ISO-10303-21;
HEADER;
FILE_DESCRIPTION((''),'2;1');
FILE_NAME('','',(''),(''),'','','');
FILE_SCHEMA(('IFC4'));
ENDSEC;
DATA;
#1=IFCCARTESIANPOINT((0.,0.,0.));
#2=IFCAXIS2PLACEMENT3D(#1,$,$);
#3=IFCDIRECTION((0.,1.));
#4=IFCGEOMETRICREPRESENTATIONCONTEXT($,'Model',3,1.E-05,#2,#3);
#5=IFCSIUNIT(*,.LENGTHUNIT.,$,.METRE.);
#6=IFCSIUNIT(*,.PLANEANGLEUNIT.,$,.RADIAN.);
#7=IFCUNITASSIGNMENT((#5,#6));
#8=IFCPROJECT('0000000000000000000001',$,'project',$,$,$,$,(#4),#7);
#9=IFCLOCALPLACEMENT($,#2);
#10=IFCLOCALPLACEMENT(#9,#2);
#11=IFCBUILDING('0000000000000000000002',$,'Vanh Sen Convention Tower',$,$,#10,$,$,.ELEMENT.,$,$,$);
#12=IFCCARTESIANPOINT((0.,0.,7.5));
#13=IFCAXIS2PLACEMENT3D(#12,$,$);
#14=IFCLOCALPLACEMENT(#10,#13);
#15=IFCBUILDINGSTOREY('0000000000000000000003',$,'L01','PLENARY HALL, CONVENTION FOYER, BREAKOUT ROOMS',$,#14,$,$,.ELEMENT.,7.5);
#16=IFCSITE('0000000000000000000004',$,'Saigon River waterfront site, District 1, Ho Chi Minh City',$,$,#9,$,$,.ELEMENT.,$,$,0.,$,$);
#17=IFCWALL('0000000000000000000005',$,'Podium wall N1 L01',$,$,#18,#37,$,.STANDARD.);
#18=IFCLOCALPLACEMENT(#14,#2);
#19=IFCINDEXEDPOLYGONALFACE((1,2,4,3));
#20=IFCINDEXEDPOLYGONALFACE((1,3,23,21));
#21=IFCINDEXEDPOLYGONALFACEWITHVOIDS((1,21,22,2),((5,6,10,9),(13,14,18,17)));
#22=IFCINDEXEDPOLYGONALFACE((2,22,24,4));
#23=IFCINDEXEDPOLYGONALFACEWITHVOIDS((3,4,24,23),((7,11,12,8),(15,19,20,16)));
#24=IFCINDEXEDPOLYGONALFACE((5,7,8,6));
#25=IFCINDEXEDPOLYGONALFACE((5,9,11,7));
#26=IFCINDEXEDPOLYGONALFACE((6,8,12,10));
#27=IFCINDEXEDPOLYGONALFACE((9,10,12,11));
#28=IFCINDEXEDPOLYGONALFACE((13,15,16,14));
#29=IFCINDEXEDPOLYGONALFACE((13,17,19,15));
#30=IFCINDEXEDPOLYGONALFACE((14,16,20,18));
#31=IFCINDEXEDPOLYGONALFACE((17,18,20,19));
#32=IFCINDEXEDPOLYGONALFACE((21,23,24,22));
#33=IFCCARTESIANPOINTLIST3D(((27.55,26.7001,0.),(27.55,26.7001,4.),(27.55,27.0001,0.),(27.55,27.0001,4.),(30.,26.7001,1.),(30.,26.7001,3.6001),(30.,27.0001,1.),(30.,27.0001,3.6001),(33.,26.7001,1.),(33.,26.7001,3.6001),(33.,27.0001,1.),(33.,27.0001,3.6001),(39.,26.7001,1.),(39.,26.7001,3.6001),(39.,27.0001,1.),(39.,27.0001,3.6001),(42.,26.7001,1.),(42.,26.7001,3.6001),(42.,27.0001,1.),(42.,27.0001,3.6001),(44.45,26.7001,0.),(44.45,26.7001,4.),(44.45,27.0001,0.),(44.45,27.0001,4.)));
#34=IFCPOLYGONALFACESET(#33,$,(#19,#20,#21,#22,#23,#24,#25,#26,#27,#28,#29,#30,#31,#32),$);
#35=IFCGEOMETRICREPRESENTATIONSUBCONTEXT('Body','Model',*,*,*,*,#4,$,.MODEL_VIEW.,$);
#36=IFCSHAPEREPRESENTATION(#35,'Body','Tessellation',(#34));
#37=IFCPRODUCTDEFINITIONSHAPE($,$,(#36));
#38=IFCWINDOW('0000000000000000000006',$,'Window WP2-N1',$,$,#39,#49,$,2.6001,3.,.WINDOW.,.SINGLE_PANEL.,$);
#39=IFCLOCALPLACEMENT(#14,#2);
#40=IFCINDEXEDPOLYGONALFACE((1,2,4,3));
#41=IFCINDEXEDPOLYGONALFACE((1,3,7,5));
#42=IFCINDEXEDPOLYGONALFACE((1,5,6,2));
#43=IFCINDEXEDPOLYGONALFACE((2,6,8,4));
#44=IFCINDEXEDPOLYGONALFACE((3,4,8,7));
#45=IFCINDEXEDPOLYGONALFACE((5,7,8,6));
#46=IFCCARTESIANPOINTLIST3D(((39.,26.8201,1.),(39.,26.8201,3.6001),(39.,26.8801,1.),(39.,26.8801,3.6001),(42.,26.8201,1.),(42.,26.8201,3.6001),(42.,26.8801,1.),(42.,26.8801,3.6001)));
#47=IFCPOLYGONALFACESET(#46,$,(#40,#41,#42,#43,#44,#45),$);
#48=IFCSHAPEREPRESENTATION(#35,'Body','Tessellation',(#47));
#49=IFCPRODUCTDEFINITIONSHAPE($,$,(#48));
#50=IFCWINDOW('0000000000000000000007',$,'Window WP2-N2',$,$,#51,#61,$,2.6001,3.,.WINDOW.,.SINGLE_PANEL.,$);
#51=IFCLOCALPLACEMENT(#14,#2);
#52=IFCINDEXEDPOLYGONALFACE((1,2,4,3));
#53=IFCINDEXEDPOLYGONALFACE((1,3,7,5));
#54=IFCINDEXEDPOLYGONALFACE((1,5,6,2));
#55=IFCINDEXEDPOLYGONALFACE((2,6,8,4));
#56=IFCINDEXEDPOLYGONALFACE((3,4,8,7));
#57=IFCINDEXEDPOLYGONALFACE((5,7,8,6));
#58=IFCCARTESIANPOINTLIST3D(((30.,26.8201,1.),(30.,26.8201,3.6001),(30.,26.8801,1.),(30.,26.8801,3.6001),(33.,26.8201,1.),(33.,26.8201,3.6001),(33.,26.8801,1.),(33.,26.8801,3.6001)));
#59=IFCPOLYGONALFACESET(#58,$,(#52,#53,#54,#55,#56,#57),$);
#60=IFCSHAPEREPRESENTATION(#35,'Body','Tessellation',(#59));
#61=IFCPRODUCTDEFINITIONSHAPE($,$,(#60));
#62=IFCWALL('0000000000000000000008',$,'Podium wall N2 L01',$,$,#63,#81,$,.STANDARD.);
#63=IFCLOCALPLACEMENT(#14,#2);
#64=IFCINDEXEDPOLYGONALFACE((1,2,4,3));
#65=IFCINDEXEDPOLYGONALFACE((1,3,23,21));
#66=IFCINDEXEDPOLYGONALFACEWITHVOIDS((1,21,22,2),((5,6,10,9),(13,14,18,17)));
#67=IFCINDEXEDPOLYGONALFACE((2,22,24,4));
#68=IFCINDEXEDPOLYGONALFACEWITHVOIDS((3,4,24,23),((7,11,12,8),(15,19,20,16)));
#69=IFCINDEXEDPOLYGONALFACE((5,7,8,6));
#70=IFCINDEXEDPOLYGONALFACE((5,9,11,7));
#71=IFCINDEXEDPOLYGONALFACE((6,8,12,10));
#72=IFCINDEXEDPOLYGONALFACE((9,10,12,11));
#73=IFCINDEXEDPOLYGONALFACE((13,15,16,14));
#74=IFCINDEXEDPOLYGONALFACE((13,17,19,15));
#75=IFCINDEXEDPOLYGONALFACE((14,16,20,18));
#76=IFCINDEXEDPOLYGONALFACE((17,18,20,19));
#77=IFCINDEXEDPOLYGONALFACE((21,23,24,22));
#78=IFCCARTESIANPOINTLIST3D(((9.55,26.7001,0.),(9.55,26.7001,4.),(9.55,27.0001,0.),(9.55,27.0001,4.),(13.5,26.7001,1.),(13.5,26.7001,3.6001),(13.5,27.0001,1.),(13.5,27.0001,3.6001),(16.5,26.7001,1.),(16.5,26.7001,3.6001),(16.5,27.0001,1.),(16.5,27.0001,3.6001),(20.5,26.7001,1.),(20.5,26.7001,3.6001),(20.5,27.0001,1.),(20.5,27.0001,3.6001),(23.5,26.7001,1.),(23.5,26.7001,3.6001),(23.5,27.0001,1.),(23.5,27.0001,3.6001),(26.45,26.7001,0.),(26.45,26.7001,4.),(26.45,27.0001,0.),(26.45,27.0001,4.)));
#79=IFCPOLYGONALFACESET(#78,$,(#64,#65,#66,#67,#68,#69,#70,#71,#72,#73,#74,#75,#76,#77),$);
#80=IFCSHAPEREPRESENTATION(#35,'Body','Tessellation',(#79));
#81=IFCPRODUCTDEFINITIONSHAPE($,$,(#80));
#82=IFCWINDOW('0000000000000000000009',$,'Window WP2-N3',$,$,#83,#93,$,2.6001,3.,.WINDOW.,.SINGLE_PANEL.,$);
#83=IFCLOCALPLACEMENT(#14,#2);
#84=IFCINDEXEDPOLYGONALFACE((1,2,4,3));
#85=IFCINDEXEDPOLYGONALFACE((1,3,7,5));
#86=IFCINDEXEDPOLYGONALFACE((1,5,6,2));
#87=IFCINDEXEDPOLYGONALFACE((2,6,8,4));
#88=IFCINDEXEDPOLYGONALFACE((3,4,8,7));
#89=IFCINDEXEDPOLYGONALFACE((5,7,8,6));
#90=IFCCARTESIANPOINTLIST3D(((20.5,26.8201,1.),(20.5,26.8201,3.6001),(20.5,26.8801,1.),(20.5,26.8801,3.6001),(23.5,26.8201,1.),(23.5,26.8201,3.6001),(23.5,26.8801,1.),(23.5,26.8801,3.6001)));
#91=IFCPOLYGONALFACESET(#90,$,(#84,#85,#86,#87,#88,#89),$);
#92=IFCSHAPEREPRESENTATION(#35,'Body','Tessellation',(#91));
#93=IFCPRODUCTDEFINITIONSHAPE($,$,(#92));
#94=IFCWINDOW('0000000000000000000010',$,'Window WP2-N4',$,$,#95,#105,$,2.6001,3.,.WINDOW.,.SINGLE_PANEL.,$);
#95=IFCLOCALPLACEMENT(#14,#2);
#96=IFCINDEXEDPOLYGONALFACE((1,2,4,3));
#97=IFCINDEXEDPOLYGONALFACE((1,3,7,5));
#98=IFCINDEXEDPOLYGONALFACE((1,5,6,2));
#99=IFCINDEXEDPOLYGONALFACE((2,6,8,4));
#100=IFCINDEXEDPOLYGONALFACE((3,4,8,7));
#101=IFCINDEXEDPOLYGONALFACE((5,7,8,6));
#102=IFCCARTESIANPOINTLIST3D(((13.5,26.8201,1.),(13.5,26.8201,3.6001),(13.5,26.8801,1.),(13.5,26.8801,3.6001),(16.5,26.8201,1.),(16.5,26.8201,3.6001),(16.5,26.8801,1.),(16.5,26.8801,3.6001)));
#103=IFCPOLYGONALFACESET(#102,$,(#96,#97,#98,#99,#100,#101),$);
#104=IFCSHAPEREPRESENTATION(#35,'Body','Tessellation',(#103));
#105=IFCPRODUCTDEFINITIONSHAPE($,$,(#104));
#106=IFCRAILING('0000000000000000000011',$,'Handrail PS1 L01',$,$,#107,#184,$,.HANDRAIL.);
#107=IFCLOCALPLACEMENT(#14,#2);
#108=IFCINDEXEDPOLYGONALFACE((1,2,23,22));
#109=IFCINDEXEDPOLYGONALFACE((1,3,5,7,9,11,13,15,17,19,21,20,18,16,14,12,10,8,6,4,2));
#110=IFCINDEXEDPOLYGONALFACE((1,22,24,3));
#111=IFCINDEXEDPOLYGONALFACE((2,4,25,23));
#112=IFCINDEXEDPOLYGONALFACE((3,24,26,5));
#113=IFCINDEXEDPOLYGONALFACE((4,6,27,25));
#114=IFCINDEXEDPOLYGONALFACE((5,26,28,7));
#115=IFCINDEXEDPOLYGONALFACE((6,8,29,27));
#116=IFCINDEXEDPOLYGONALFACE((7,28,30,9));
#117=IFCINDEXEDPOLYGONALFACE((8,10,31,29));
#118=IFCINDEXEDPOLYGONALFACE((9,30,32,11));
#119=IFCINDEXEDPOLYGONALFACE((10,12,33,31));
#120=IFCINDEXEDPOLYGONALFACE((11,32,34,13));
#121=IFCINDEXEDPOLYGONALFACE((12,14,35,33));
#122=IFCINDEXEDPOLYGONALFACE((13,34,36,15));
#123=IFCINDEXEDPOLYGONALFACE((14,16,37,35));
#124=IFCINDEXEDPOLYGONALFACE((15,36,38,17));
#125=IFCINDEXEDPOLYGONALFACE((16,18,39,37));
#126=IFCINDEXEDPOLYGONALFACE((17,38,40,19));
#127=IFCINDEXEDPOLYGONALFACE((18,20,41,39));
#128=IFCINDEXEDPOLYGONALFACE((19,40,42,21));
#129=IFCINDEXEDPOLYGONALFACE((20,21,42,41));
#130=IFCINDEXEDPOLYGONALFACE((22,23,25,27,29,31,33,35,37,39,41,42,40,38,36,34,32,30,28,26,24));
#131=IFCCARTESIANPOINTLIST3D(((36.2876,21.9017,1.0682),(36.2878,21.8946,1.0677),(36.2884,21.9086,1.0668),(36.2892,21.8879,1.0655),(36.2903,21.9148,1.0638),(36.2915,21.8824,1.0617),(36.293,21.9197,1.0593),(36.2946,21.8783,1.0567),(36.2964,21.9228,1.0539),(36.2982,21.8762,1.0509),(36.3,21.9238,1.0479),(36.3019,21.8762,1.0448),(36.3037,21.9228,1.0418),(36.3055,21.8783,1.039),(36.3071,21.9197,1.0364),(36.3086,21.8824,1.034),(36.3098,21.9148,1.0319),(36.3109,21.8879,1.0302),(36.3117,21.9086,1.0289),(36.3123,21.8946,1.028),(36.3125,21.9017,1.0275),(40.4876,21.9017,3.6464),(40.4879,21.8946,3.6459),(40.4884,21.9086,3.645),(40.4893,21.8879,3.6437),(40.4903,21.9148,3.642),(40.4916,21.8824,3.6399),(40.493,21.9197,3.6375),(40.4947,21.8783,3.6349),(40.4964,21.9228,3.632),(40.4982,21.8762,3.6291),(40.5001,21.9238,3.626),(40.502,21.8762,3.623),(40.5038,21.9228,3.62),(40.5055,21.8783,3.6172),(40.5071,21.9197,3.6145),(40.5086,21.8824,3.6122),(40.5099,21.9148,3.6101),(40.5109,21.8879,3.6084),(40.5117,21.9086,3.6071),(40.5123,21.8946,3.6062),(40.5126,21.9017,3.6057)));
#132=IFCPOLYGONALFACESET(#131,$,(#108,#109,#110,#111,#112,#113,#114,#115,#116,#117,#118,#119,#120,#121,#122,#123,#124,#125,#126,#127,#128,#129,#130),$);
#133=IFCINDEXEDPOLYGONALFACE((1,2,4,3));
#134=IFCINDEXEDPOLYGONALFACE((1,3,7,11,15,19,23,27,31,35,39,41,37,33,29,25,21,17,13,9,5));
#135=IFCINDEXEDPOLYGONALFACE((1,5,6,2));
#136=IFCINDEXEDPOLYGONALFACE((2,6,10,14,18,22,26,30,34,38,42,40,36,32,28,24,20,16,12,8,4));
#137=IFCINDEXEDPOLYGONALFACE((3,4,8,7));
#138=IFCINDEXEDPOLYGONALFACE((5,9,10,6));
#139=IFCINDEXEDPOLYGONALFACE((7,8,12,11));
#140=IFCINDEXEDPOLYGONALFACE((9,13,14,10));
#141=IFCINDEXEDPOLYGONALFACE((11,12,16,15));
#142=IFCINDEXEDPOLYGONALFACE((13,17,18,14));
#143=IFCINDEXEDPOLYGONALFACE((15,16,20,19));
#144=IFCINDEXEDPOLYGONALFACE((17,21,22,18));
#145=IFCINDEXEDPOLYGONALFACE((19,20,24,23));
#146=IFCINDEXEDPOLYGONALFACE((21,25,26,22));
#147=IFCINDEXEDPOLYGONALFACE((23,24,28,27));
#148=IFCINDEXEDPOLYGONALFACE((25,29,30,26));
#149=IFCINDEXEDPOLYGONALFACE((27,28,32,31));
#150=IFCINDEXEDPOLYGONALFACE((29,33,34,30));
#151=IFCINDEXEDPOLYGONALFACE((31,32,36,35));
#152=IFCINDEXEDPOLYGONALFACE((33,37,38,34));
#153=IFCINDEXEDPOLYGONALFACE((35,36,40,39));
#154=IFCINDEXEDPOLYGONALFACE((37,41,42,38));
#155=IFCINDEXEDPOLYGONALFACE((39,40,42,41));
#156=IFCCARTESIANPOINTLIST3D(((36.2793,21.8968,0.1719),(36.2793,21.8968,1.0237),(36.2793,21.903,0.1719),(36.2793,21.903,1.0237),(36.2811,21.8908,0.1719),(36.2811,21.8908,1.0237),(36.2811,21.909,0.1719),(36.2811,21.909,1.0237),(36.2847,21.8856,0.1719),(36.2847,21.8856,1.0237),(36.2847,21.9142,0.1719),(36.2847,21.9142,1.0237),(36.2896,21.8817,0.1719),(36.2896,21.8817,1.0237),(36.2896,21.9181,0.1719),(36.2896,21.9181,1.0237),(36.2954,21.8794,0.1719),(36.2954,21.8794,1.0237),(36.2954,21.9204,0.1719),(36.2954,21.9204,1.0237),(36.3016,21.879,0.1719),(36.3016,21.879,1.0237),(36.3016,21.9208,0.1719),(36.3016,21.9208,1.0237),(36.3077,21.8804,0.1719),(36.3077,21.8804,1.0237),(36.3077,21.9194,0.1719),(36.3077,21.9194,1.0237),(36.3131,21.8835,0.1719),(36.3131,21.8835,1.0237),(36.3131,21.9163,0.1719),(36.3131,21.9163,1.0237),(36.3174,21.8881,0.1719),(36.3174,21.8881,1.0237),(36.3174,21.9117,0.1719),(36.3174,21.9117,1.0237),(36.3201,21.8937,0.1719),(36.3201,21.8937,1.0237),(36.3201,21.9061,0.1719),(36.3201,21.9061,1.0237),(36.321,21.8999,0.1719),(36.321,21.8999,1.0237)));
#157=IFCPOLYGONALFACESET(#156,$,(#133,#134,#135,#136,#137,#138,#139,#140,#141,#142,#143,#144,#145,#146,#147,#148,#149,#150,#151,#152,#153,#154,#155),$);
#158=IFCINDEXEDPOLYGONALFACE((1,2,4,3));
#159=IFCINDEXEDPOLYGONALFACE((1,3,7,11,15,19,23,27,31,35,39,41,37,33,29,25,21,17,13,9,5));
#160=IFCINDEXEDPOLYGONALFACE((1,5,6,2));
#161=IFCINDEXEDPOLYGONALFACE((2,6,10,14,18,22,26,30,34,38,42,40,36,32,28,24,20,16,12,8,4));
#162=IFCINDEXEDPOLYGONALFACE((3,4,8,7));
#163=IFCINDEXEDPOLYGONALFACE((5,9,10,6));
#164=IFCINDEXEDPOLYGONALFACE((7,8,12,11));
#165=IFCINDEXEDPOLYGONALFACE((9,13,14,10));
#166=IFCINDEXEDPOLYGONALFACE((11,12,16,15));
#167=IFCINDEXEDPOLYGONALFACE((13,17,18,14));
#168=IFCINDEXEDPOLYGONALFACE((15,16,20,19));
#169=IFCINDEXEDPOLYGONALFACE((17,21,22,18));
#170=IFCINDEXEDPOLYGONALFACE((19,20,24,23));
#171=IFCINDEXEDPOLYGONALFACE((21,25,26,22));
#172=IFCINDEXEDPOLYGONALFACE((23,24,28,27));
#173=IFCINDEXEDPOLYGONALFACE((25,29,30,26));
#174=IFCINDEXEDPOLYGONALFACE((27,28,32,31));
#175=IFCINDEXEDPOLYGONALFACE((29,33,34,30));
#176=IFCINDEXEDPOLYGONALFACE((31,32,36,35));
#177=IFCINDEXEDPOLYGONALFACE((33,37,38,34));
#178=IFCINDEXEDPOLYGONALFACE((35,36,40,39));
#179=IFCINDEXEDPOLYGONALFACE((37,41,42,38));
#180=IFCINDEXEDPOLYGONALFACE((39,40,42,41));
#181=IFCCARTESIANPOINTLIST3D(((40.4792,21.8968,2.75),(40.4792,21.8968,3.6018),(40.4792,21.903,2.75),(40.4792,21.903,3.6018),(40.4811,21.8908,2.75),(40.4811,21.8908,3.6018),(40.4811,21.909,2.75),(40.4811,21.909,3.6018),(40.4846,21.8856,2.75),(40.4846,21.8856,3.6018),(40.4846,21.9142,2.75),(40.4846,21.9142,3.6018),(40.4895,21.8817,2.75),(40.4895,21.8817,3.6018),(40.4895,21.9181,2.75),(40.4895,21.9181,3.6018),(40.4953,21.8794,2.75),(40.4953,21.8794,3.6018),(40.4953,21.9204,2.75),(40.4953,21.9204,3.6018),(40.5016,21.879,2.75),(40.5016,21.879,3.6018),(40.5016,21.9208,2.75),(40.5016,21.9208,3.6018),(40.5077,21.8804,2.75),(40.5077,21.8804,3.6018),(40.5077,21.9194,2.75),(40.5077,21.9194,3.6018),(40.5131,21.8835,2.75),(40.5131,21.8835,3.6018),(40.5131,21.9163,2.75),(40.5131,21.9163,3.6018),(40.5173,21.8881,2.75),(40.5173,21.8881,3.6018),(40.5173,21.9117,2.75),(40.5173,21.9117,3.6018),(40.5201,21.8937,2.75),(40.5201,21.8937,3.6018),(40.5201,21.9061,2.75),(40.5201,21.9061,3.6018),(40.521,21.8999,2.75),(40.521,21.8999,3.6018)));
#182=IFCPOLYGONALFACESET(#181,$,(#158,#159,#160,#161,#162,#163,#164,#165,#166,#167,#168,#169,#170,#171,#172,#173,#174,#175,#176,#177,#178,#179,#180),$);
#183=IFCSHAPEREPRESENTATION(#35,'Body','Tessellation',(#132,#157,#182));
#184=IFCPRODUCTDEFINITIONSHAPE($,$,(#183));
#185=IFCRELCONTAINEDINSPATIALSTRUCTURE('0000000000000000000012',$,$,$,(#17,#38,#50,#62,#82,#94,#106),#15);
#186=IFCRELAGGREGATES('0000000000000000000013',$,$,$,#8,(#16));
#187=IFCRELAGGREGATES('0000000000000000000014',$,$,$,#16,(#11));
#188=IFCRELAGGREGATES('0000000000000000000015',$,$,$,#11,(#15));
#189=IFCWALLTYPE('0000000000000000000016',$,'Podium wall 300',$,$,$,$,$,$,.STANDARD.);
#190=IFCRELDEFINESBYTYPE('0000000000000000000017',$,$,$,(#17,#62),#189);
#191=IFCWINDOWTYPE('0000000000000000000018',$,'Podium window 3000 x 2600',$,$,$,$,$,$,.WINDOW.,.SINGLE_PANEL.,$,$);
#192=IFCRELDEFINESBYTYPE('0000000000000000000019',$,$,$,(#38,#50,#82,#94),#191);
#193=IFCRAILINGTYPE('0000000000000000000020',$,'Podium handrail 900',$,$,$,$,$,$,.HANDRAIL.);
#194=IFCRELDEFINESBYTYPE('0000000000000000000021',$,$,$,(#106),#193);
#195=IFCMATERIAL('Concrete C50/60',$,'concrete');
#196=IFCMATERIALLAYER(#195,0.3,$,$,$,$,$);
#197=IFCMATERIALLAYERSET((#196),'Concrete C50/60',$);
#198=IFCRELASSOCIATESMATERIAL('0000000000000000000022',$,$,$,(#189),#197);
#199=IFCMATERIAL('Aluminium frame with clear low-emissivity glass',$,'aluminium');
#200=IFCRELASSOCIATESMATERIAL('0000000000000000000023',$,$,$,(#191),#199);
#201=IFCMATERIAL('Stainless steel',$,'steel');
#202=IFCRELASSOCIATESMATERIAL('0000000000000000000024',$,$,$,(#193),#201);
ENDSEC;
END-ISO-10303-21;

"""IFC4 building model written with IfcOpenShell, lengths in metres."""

from ifc_helpers import new_model, si_unit, direction, frame, frame_2d, origin, origin_2d, place, context, subcontext, project, spatial, rectangle, circle, extrude, material, layer, layer_set, type_object, element, fill, save


model = new_model("IFC4")

# Units and contexts
model_context = context("Model", 3, precision=1e-05, world=origin(), true_north=direction((0.0, 1.0)))
body_context = subcontext(model_context, "Body", "Model", "MODEL_VIEW")
ifc_project = project(units=[si_unit("LENGTHUNIT", "METRE"), si_unit("PLANEANGLEUNIT", "RADIAN")], contexts=[model_context])

# Site, building, storey
site_placement = place(None, origin())
site = spatial("IfcSite", under=ifc_project, at=site_placement, Name="Saigon River waterfront site, District 1, Ho Chi Minh City", CompositionType="ELEMENT", RefElevation=0.0)
building_placement = place(site_placement, origin())
building = spatial("IfcBuilding", under=site, at=building_placement, Name="Vanh Sen Convention Tower", CompositionType="ELEMENT")
storey_placement = place(building_placement, frame((0.0, 0.0, 7.5)))
storey = spatial("IfcBuildingStorey", under=building, at=storey_placement, Name="L01", Description="PLENARY HALL, CONVENTION FOYER, BREAKOUT ROOMS", CompositionType="ELEMENT", Elevation=7.5)

# Walls, openings, windows
ifc_material_1 = material(Name="Concrete C50/60", Category="concrete")
ifc_layer_1 = layer(ifc_material_1, 0.3)
ifc_layer_set_1 = layer_set([ifc_layer_1], Name="Concrete C50/60")
wall_type_1 = type_object("IfcWallType", Name="Podium wall 300", PredefinedType="STANDARD", material=ifc_layer_set_1)
wall_1_placement = place(storey_placement, frame((44.45, 26.8501, 0.0), z_axis=(0.0, 0.0, 1.0), x_axis=(-1.0, 0.0, 0.0)))
wall_1 = element("IfcWall", 1, at=wall_1_placement, inside=storey, type_object=wall_type_1, Name="Podium wall N1 L01", PredefinedType="STANDARD", context=body_context, shape_type="SweptSolid", body=[
    extrude(rectangle(XDim=16.8999, YDim=0.3, at=frame_2d((8.45, 0.0))), origin(), (0.0, 0.0, 1.0), 4.0),
])
opening_1_placement = place(wall_1_placement, frame((2.45, 0.0, 1.0)))
opening_1 = element("IfcOpeningElement", 2, at=opening_1_placement, cuts=wall_1, PredefinedType="OPENING", context=body_context, shape_type="SweptSolid", body=[
    extrude(rectangle(XDim=3.0, YDim=2.6001, at=frame_2d((1.5, 1.3))), frame((0.0, 0.1599, 0.0), z_axis=(0.0, -1.0, 0.0), x_axis=(1.0, 0.0, 0.0)), (0.0, 0.0, 1.0), 0.3201),
])
opening_2_placement = place(wall_1_placement, frame((11.45, 0.0, 1.0)))
opening_2 = element("IfcOpeningElement", 3, at=opening_2_placement, cuts=wall_1, PredefinedType="OPENING", context=body_context, shape_type="SweptSolid", body=[
    extrude(rectangle(XDim=3.0, YDim=2.6001, at=frame_2d((1.5, 1.3))), frame((0.0, 0.1599, 0.0), z_axis=(0.0, -1.0, 0.0), x_axis=(1.0, 0.0, 0.0)), (0.0, 0.0, 1.0), 0.3201),
])
ifc_material_2 = material(Name="Aluminium frame with clear low-emissivity glass", Category="aluminium")
window_type = type_object("IfcWindowType", Name="Podium window 3000 x 2600", PartitioningType="SINGLE_PANEL", PredefinedType="WINDOW", material=ifc_material_2)
window_1_placement = place(opening_1_placement, origin())
window_1 = element("IfcWindow", 4, at=window_1_placement, inside=storey, type_object=window_type, Name="Window WP2-N1", OverallHeight=2.6001, OverallWidth=3.0, PartitioningType="SINGLE_PANEL", PredefinedType="WINDOW", context=body_context, shape_type="SweptSolid", body=[
    extrude(rectangle(XDim=3.0, YDim=2.6001, at=frame_2d((1.5, 1.3))), frame((0.0, 0.03, 0.0), z_axis=(0.0, -1.0, 0.0), x_axis=(1.0, 0.0, 0.0)), (0.0, 0.0, 1.0), 0.0601),
])
fill(opening_1, window_1)
window_2_placement = place(opening_2_placement, origin())
window_2 = element("IfcWindow", 5, at=window_2_placement, inside=storey, type_object=window_type, Name="Window WP2-N2", OverallHeight=2.6001, OverallWidth=3.0, PartitioningType="SINGLE_PANEL", PredefinedType="WINDOW", context=body_context, shape_type="SweptSolid", body=[
    extrude(rectangle(XDim=3.0, YDim=2.6001, at=frame_2d((1.5, 1.3))), frame((0.0, 0.03, 0.0), z_axis=(0.0, -1.0, 0.0), x_axis=(1.0, 0.0, 0.0)), (0.0, 0.0, 1.0), 0.0601),
])
fill(opening_2, window_2)
wall_2_placement = place(storey_placement, frame((26.45, 26.8501, 0.0), z_axis=(0.0, 0.0, 1.0), x_axis=(-1.0, 0.0, 0.0)))
wall_2 = element("IfcWall", 6, at=wall_2_placement, inside=storey, type_object=wall_type_1, Name="Podium wall N2 L01", PredefinedType="STANDARD", context=body_context, shape_type="SweptSolid", body=[
    extrude(rectangle(XDim=16.8999, YDim=0.3, at=frame_2d((8.45, 0.0))), origin(), (0.0, 0.0, 1.0), 4.0),
])
opening_3_placement = place(wall_2_placement, frame((2.95, 0.0, 1.0)))
opening_3 = element("IfcOpeningElement", 7, at=opening_3_placement, cuts=wall_2, PredefinedType="OPENING", context=body_context, shape_type="SweptSolid", body=[
    extrude(rectangle(XDim=3.0, YDim=2.6001, at=frame_2d((1.5, 1.3))), frame((0.0, 0.1599, 0.0), z_axis=(0.0, -1.0, 0.0), x_axis=(1.0, 0.0, 0.0)), (0.0, 0.0, 1.0), 0.3201),
])
opening_4_placement = place(wall_2_placement, frame((9.95, 0.0, 1.0)))
opening_4 = element("IfcOpeningElement", 8, at=opening_4_placement, cuts=wall_2, PredefinedType="OPENING", context=body_context, shape_type="SweptSolid", body=[
    extrude(rectangle(XDim=3.0, YDim=2.6001, at=frame_2d((1.5, 1.3))), frame((0.0, 0.1599, 0.0), z_axis=(0.0, -1.0, 0.0), x_axis=(1.0, 0.0, 0.0)), (0.0, 0.0, 1.0), 0.3201),
])
window_3_placement = place(opening_3_placement, origin())
window_3 = element("IfcWindow", 9, at=window_3_placement, inside=storey, type_object=window_type, Name="Window WP2-N3", OverallHeight=2.6001, OverallWidth=3.0, PartitioningType="SINGLE_PANEL", PredefinedType="WINDOW", context=body_context, shape_type="SweptSolid", body=[
    extrude(rectangle(XDim=3.0, YDim=2.6001, at=frame_2d((1.5, 1.3))), frame((0.0, 0.03, 0.0), z_axis=(0.0, -1.0, 0.0), x_axis=(1.0, 0.0, 0.0)), (0.0, 0.0, 1.0), 0.0601),
])
fill(opening_3, window_3)
window_4_placement = place(opening_4_placement, origin())
window_4 = element("IfcWindow", 10, at=window_4_placement, inside=storey, type_object=window_type, Name="Window WP2-N4", OverallHeight=2.6001, OverallWidth=3.0, PartitioningType="SINGLE_PANEL", PredefinedType="WINDOW", context=body_context, shape_type="SweptSolid", body=[
    extrude(rectangle(XDim=3.0, YDim=2.6001, at=frame_2d((1.5, 1.3))), frame((0.0, 0.03, 0.0), z_axis=(0.0, -1.0, 0.0), x_axis=(1.0, 0.0, 0.0)), (0.0, 0.0, 1.0), 0.0601),
])
fill(opening_4, window_4)

# Railing
ifc_material_3 = material(Name="Stainless steel", Category="steel")
railing_type = type_object("IfcRailingType", Name="Podium handrail 900", PredefinedType="HANDRAIL", material=ifc_material_3)
for number, where, name in (
    (11, (36.3, 21.8999, 0.1719), "Handrail PS1 L01"),
):
    element("IfcRailing", number, at=place(storey_placement, frame(where)), inside=storey, type_object=railing_type, Name=name, PredefinedType="HANDRAIL", context=body_context, shape_type="SweptSolid", body=[
        extrude(circle(Radius=0.0239, at=origin_2d()), frame((0.0, 0.0, 0.876), z_axis=(0.852243, 0.0, 0.523146), x_axis=(0.0, 1.0, 0.0)), (0.0, 0.0, 1.0), 4.9282),
        extrude(circle(Radius=0.021, at=origin_2d()), origin(), (0.0, 0.0, 1.0), 0.8518),
        extrude(circle(Radius=0.021, at=origin_2d()), frame((4.2, 0.0, 2.5781)), (0.0, 0.0, 1.0), 0.8518),
    ])

save(model, "model.ifc")
